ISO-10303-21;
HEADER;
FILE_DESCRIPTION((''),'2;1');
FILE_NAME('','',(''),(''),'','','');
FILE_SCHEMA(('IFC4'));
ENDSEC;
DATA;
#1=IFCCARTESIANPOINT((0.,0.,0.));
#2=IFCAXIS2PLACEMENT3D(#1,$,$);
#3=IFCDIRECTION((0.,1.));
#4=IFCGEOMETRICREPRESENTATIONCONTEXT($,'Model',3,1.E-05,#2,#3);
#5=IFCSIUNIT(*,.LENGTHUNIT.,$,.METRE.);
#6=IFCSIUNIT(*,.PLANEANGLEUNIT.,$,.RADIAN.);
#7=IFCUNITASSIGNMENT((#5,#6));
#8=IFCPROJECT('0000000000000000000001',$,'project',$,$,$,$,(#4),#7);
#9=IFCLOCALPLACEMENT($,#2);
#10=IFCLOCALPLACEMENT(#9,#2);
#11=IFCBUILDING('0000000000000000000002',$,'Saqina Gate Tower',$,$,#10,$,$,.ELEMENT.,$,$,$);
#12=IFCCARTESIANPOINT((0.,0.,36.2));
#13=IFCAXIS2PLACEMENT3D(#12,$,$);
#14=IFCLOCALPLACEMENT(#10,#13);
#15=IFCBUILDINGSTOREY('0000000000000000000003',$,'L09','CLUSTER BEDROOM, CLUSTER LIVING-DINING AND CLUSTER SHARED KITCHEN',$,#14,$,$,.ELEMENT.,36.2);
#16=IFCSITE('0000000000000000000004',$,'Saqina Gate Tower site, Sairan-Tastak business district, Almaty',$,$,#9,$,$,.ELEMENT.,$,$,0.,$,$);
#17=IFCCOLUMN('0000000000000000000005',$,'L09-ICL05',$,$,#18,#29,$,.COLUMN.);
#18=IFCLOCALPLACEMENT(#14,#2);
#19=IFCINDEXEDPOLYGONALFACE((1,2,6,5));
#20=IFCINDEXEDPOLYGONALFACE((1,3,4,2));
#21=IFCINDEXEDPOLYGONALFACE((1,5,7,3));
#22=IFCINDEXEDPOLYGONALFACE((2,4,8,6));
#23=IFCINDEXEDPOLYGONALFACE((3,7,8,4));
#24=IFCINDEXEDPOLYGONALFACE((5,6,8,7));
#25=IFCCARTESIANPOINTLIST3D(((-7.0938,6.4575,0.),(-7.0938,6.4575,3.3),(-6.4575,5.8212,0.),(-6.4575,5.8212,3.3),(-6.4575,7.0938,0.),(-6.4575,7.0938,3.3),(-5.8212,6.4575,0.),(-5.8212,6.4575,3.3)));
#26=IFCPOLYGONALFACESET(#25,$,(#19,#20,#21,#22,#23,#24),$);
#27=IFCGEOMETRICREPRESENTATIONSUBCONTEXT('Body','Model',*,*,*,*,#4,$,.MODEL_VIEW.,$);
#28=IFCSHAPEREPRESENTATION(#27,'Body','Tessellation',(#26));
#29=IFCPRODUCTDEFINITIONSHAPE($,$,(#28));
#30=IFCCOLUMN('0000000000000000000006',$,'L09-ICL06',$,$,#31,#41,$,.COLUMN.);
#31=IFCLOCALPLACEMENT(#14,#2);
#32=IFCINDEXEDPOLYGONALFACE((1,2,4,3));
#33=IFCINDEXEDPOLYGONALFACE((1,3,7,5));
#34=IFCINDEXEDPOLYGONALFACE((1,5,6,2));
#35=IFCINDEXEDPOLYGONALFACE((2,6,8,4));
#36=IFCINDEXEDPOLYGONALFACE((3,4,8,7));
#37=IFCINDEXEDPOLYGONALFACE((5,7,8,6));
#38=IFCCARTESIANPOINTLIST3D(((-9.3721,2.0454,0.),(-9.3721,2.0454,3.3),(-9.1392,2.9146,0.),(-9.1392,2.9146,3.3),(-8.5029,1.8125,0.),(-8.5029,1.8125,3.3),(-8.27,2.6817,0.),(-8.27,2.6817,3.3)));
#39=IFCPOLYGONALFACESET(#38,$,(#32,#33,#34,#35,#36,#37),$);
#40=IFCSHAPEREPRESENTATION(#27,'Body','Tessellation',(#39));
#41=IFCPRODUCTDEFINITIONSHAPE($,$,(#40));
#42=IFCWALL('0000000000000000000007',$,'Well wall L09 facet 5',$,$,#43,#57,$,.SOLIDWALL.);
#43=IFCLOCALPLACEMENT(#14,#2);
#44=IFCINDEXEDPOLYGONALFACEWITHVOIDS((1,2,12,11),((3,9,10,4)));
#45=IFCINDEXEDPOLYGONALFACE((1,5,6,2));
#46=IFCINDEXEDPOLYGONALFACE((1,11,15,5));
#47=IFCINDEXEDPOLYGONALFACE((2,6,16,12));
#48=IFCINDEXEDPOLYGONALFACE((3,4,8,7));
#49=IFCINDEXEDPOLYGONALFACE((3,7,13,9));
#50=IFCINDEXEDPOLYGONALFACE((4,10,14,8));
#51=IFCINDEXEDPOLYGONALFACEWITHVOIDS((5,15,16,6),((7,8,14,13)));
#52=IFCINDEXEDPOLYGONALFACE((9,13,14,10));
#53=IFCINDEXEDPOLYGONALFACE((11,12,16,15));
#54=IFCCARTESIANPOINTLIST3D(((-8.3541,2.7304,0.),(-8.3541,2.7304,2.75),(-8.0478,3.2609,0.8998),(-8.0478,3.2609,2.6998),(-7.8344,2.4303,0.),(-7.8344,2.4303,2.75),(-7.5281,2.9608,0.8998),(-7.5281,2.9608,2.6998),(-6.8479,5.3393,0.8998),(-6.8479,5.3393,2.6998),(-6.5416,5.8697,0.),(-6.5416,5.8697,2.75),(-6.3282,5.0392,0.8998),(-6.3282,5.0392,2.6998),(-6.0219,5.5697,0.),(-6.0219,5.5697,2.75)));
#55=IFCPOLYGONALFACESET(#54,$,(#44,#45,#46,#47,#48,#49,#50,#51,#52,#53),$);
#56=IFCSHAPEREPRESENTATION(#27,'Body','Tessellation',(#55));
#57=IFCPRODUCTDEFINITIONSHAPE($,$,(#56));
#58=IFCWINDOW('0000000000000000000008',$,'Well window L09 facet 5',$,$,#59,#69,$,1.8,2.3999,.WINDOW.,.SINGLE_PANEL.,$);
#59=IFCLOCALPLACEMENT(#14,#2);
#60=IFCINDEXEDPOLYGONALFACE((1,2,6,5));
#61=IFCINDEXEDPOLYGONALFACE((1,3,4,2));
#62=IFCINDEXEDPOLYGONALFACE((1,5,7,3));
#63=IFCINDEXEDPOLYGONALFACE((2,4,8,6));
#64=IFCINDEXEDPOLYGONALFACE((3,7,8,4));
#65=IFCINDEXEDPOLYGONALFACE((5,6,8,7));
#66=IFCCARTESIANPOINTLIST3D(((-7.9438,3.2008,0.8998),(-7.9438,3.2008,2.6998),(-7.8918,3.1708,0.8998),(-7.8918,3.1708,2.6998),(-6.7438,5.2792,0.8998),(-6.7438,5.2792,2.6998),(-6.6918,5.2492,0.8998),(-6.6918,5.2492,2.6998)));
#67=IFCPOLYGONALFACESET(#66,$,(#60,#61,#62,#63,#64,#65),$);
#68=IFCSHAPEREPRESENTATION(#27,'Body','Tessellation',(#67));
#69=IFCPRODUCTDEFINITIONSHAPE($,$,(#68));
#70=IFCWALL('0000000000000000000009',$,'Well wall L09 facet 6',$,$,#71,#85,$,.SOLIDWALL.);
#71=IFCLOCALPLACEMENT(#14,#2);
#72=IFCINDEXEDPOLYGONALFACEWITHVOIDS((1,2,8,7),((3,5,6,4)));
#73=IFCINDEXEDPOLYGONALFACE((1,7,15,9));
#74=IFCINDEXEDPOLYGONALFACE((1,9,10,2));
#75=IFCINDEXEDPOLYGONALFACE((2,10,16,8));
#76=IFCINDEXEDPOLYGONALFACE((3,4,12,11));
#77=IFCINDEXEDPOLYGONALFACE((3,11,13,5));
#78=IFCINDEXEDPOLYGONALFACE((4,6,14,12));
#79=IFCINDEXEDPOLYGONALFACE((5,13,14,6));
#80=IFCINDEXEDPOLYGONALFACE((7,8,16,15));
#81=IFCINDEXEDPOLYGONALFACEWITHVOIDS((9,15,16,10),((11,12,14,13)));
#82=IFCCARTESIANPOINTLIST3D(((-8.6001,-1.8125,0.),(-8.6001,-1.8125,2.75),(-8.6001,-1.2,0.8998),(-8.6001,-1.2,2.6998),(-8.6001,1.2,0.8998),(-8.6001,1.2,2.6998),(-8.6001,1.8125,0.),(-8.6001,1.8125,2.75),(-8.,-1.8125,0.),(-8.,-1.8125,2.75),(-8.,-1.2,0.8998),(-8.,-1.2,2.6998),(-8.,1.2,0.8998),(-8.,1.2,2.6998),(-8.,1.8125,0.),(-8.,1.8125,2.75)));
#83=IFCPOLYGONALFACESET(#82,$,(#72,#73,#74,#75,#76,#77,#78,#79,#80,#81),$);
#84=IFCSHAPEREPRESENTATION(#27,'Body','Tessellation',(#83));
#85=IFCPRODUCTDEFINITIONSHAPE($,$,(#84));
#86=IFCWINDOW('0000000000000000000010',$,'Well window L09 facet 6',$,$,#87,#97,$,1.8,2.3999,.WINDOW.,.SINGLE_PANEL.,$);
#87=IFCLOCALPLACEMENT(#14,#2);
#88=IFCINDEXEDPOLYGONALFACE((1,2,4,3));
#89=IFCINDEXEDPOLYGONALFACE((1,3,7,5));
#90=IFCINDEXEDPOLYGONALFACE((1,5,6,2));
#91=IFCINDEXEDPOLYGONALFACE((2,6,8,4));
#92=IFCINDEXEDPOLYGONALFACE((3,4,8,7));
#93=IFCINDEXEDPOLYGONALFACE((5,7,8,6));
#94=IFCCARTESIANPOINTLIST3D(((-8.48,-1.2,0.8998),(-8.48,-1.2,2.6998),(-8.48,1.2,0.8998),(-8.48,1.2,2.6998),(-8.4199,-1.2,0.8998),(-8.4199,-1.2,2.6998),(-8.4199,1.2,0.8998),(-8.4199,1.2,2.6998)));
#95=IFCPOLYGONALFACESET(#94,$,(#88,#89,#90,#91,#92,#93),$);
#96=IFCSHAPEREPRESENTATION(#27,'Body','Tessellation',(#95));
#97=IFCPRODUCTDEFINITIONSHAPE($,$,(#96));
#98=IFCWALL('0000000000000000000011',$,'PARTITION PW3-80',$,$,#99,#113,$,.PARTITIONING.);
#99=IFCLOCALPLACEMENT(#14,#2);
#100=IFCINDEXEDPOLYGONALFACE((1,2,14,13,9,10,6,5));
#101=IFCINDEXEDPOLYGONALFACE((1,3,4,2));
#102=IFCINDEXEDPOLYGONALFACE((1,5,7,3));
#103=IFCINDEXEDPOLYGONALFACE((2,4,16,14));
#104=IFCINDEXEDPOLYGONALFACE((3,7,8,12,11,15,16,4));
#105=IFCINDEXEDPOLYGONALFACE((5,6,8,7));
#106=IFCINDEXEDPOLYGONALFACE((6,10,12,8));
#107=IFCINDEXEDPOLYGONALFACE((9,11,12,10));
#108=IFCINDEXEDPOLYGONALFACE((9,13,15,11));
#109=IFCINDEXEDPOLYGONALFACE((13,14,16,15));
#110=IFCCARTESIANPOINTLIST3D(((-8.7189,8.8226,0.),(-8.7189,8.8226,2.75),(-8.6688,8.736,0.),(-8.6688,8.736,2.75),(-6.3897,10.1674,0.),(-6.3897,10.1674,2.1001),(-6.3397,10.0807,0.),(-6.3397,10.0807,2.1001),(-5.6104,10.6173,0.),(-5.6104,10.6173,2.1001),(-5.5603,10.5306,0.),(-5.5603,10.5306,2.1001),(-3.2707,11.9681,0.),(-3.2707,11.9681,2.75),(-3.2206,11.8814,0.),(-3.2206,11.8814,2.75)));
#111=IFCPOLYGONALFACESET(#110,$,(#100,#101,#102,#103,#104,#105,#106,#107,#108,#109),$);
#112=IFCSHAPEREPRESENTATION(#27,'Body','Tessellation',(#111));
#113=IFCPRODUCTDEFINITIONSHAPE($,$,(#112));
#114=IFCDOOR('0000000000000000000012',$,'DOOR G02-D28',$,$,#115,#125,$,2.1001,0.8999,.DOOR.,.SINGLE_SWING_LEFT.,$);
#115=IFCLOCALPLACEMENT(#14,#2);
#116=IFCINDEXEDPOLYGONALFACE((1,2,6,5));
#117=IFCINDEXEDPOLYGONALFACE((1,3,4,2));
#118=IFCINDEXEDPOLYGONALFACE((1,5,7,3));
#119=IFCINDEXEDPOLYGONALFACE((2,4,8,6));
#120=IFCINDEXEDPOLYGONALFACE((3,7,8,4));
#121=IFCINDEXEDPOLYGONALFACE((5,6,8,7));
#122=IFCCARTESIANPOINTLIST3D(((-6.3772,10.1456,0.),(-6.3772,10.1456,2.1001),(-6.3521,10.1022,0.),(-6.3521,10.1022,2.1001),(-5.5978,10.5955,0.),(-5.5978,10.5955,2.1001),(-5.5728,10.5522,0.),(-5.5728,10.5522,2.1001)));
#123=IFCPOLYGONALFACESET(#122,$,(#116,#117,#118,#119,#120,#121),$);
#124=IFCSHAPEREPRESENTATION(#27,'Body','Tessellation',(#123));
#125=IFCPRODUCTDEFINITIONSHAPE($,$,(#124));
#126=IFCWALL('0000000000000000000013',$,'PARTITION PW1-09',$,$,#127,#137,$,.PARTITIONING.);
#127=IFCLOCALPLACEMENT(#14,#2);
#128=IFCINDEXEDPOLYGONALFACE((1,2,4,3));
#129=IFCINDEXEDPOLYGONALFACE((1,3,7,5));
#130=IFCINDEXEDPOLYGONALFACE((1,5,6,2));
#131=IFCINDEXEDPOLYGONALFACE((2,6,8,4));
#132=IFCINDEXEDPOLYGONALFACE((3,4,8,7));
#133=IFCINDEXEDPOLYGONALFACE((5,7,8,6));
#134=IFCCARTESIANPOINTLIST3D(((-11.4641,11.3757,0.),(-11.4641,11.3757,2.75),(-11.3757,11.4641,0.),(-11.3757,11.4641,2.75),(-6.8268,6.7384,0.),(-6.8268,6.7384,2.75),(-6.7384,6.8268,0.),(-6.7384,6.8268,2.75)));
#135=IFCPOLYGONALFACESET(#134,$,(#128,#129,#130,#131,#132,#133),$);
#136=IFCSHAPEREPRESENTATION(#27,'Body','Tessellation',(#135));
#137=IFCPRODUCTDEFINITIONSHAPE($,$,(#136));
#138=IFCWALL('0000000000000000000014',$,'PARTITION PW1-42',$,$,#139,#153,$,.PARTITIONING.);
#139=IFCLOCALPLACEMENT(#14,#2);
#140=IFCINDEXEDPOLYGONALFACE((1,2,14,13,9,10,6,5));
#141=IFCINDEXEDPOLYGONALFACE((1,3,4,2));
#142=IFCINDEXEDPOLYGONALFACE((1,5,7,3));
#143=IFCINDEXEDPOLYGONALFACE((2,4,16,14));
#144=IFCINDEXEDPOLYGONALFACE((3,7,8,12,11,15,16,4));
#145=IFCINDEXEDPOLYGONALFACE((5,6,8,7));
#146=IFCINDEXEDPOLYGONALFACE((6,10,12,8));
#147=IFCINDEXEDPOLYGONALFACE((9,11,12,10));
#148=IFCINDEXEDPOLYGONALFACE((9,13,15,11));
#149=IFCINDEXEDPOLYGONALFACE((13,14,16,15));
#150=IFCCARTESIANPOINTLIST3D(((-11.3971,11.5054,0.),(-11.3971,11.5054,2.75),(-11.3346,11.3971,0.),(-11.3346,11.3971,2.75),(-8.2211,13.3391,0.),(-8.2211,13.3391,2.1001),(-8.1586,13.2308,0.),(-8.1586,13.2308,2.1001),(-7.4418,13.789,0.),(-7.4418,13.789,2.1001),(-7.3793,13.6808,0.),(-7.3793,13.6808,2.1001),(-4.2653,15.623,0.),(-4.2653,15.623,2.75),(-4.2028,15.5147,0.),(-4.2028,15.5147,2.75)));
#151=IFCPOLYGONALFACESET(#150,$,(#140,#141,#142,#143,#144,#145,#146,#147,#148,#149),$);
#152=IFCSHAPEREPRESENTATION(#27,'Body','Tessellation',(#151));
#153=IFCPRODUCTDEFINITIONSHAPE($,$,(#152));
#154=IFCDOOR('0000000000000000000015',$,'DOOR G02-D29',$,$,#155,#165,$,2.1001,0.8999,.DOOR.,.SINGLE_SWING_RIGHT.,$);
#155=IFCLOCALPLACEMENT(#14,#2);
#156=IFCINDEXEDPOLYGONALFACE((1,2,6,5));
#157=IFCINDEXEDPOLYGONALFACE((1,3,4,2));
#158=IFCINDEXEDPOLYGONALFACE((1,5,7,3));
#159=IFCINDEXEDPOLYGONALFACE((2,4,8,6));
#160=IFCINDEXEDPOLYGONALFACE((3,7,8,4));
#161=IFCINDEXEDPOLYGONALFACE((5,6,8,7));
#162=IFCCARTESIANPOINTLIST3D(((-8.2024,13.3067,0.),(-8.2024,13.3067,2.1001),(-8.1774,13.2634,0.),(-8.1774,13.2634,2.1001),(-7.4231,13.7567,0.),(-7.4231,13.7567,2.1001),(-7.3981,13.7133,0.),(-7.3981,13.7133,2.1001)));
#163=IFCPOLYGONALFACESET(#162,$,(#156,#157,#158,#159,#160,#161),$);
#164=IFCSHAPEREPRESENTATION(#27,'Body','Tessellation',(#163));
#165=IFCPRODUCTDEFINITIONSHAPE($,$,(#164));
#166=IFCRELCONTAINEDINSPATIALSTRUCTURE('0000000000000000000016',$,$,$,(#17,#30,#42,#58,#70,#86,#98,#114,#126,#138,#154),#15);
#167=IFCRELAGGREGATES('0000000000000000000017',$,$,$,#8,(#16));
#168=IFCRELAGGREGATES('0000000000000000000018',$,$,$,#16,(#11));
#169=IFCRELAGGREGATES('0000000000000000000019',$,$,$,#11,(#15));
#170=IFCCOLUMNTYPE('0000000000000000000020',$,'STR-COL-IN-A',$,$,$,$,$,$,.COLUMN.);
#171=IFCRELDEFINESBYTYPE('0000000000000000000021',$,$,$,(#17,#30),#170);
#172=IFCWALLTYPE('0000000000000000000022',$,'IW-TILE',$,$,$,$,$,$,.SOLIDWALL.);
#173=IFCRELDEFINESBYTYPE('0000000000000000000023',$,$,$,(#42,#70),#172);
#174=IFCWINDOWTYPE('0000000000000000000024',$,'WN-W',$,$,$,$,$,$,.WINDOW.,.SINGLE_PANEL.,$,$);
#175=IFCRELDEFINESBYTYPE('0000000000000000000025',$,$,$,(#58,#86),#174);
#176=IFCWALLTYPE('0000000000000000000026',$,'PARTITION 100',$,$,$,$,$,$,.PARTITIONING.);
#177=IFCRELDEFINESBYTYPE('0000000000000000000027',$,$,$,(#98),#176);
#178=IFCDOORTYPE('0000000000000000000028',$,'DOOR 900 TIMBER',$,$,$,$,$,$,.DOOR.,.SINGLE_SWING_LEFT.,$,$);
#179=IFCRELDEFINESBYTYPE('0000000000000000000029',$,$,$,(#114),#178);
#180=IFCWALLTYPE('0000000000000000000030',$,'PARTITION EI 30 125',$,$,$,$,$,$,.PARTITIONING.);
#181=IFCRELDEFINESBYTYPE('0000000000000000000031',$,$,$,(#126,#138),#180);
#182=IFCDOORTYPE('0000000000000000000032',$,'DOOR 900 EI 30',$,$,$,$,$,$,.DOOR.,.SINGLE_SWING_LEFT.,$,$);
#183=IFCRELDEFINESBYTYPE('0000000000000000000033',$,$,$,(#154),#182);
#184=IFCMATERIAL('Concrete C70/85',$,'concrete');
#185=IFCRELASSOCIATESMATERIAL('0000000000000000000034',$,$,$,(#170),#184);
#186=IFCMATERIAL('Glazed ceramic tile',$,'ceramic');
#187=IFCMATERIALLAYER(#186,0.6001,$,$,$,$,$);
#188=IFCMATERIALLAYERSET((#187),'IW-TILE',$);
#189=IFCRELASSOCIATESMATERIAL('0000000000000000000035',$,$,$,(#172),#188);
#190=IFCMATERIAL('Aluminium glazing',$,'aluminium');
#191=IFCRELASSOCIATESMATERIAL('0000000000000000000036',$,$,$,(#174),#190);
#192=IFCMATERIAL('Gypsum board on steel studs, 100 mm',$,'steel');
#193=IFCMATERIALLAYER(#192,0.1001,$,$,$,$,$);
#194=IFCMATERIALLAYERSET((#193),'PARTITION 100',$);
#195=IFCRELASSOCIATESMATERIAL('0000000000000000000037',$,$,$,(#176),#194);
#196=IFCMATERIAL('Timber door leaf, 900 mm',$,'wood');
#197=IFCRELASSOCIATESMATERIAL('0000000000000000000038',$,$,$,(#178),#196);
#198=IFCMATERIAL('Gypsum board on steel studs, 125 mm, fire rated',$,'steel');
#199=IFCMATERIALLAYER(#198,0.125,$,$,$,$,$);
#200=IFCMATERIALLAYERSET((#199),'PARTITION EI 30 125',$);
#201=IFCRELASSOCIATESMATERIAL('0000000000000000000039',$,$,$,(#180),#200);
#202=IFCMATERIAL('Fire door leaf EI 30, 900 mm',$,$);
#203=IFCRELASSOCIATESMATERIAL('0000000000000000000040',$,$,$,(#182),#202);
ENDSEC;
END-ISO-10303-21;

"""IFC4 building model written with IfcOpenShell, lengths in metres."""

from ifc_helpers import new_model, si_unit, direction, frame, frame_2d, origin, origin_2d, place, context, subcontext, project, spatial, rectangle, extrude, material, layer, layer_set, material_profile, profile_set, type_object, element, fill, save


model = new_model("IFC4")

# Units and contexts
model_context = context("Model", 3, precision=1e-05, world=origin(), true_north=direction((0.0, 1.0)))
body_context = subcontext(model_context, "Body", "Model", "MODEL_VIEW")
ifc_project = project(units=[si_unit("LENGTHUNIT", "METRE"), si_unit("PLANEANGLEUNIT", "RADIAN")], contexts=[model_context])

# Site, building, storey
site_placement = place(None, origin())
site = spatial("IfcSite", under=ifc_project, at=site_placement, Name="Saqina Gate Tower site, Sairan-Tastak business district, Almaty", CompositionType="ELEMENT", RefElevation=0.0)
building_placement = place(site_placement, origin())
building = spatial("IfcBuilding", under=site, at=building_placement, Name="Saqina Gate Tower", CompositionType="ELEMENT")
storey_placement = place(building_placement, frame((0.0, 0.0, 36.2)))
storey = spatial("IfcBuildingStorey", under=building, at=storey_placement, Name="L09", Description="CLUSTER BEDROOM, CLUSTER LIVING-DINING AND CLUSTER SHARED KITCHEN", CompositionType="ELEMENT", Elevation=36.2)

# Columns
ifc_material_1 = material(Name="Concrete C70/85", Category="concrete")
ifc_material_profile = material_profile(ifc_material_1, rectangle(XDim=0.8999, YDim=0.8999, at=origin_2d()), Name="RC 900x900")
ifc_profile_set = profile_set([ifc_material_profile], Name="Concrete C70/85")
column_type = type_object("IfcColumnType", Name="STR-COL-IN-A", PredefinedType="COLUMN", material=ifc_profile_set)
for number, where, z_axis, x_axis, name in (
    (1, (-6.4575, 6.4575, 0.0), (0.0, 0.0, 1.0), (-0.707107, 0.707107, 0.0), "L09-ICL05"),
    (2, (-8.821, 2.3635, 0.0), (0.0, 0.0, 1.0), (-0.965926, 0.258819, 0.0), "L09-ICL06"),
):
    element("IfcColumn", number, at=place(storey_placement, frame(where, z_axis=z_axis, x_axis=x_axis)), inside=storey, type_object=column_type, Name=name, PredefinedType="COLUMN", context=body_context, shape_type="SweptSolid", body=[
        extrude(rectangle(XDim=0.8999, YDim=0.8999, at=origin_2d()), origin(), (0.0, 0.0, 1.0), 3.3),
    ])

# Walls, openings, windows
ifc_material_2 = material(Name="Glazed ceramic tile", Category="ceramic")
ifc_layer_1 = layer(ifc_material_2, 0.6001)
ifc_layer_set_1 = layer_set([ifc_layer_1], Name="IW-TILE")
wall_type_1 = type_object("IfcWallType", Name="IW-TILE", PredefinedType="SOLIDWALL", material=ifc_layer_set_1)
wall_1_placement = place(storey_placement, frame((-6.2817, 5.7197, 0.0), z_axis=(0.0, 0.0, 1.0), x_axis=(-0.499993, -0.86603, 0.0)))
wall_1 = element("IfcWall", 3, at=wall_1_placement, inside=storey, type_object=wall_type_1, Name="Well wall L09 facet 5", PredefinedType="SOLIDWALL", context=body_context, shape_type="SweptSolid", body=[
    extrude(rectangle(XDim=3.625, YDim=0.6001, at=frame_2d((1.8125, 0.0))), origin(), (0.0, 0.0, 1.0), 2.75),
])
opening_1_placement = place(wall_1_placement, frame((0.6125, 0.0, 0.8999)))
opening_1 = element("IfcOpeningElement", 4, at=opening_1_placement, cuts=wall_1, PredefinedType="OPENING", context=body_context, shape_type="SweptSolid", body=[
    extrude(rectangle(XDim=2.3999, YDim=1.8, at=frame_2d((1.2, 0.8999))), frame((0.0, 0.312, 0.0), z_axis=(0.0, -1.0, 0.0), x_axis=(1.0, 0.0, 0.0)), (0.0, 0.0, 1.0), 0.624),
])
ifc_material_3 = material(Name="Aluminium glazing", Category="aluminium")
window_type = type_object("IfcWindowType", Name="WN-W", PartitioningType="SINGLE_PANEL", PredefinedType="WINDOW", material=ifc_material_3)
window_1_placement = place(opening_1_placement, origin())
window_1 = element("IfcWindow", 5, at=window_1_placement, inside=storey, type_object=window_type, Name="Well window L09 facet 5", OverallHeight=1.8, OverallWidth=2.3999, PartitioningType="SINGLE_PANEL", PredefinedType="WINDOW", context=body_context, shape_type="SweptSolid", body=[
    extrude(rectangle(XDim=2.3999, YDim=1.8, at=frame_2d((1.2, 0.8999))), frame((0.0, -0.1199, 0.0), z_axis=(0.0, -1.0, 0.0), x_axis=(1.0, 0.0, 0.0)), (0.0, 0.0, 1.0), 0.0601),
])
fill(opening_1, window_1)
wall_2_placement = place(storey_placement, frame((-8.3, 1.8125, 0.0), z_axis=(0.0, 0.0, 1.0), x_axis=(0.0, -1.0, 0.0)))
wall_2 = element("IfcWall", 6, at=wall_2_placement, inside=storey, type_object=wall_type_1, Name="Well wall L09 facet 6", PredefinedType="SOLIDWALL", context=body_context, shape_type="SweptSolid", body=[
    extrude(rectangle(XDim=3.625, YDim=0.6001, at=frame_2d((1.8125, 0.0))), origin(), (0.0, 0.0, 1.0), 2.75),
])
opening_2_placement = place(wall_2_placement, frame((0.6125, 0.0, 0.8999)))
opening_2 = element("IfcOpeningElement", 7, at=opening_2_placement, cuts=wall_2, PredefinedType="OPENING", context=body_context, shape_type="SweptSolid", body=[
    extrude(rectangle(XDim=2.3999, YDim=1.8, at=frame_2d((1.2, 0.8999))), frame((0.0, 0.312, 0.0), z_axis=(0.0, -1.0, 0.0), x_axis=(1.0, 0.0, 0.0)), (0.0, 0.0, 1.0), 0.624),
])
window_2_placement = place(opening_2_placement, origin())
window_2 = element("IfcWindow", 8, at=window_2_placement, inside=storey, type_object=window_type, Name="Well window L09 facet 6", OverallHeight=1.8, OverallWidth=2.3999, PartitioningType="SINGLE_PANEL", PredefinedType="WINDOW", context=body_context, shape_type="SweptSolid", body=[
    extrude(rectangle(XDim=2.3999, YDim=1.8, at=frame_2d((1.2, 0.8999))), frame((0.0, -0.1199, 0.0), z_axis=(0.0, -1.0, 0.0), x_axis=(1.0, 0.0, 0.0)), (0.0, 0.0, 1.0), 0.0601),
])
fill(opening_2, window_2)

# Wall, opening, door
ifc_material_4 = material(Name="Gypsum board on steel studs, 100 mm", Category="steel")
ifc_layer_2 = layer(ifc_material_4, 0.1001)
ifc_layer_set_2 = layer_set([ifc_layer_2], Name="PARTITION 100")
wall_type_2 = type_object("IfcWallType", Name="PARTITION 100", PredefinedType="PARTITIONING", material=ifc_layer_set_2)
wall_3_placement = place(storey_placement, frame((-8.6938, 8.7793, 0.0), z_axis=(0.0, 0.0, 1.0), x_axis=(0.866028, 0.499996, 0.0)))
wall_3 = element("IfcWall", 9, at=wall_3_placement, inside=storey, type_object=wall_type_2, Name="PARTITION PW3-80", PredefinedType="PARTITIONING", context=body_context, shape_type="SweptSolid", body=[
    extrude(rectangle(XDim=6.291, YDim=0.1001, at=frame_2d((3.1455, 0.0))), origin(), (0.0, 0.0, 1.0), 2.75),
])
opening_3_placement = place(wall_3_placement, frame((2.6895, 0.0, 0.0)))
opening_3 = element("IfcOpeningElement", 10, at=opening_3_placement, cuts=wall_3, PredefinedType="OPENING", context=body_context, shape_type="SweptSolid", body=[
    extrude(rectangle(XDim=0.8999, YDim=2.1001, at=frame_2d((0.45, 1.05))), frame((0.0, 0.062, 0.0), z_axis=(0.0, -1.0, 0.0), x_axis=(1.0, 0.0, 0.0)), (0.0, 0.0, 1.0), 0.124),
])
ifc_material_5 = material(Name="Timber door leaf, 900 mm", Category="wood")
door_type_1 = type_object("IfcDoorType", Name="DOOR 900 TIMBER", OperationType="SINGLE_SWING_LEFT", PredefinedType="DOOR", material=ifc_material_5)
door_1_placement = place(opening_3_placement, origin())
door_1 = element("IfcDoor", 11, at=door_1_placement, inside=storey, type_object=door_type_1, Name="DOOR G02-D28", OperationType="SINGLE_SWING_LEFT", OverallHeight=2.1001, OverallWidth=0.8999, PredefinedType="DOOR", context=body_context, shape_type="SweptSolid", body=[
    extrude(rectangle(XDim=0.8999, YDim=2.1001, at=frame_2d((0.45, 1.05))), frame((0.0, 0.0249, 0.0), z_axis=(0.0, -1.0, 0.0), x_axis=(1.0, 0.0, 0.0)), (0.0, 0.0, 1.0), 0.05),
])
fill(opening_3, door_1)

# Wall
ifc_material_6 = material(Name="Gypsum board on steel studs, 125 mm, fire rated", Category="steel")
ifc_layer_3 = layer(ifc_material_6, 0.125)
ifc_layer_set_3 = layer_set([ifc_layer_3], Name="PARTITION EI 30 125")
wall_type_3 = type_object("IfcWallType", Name="PARTITION EI 30 125", PredefinedType="PARTITIONING", material=ifc_layer_set_3)
wall_4_placement = place(storey_placement, frame((-11.4199, 11.4199, 0.0), z_axis=(0.0, 0.0, 1.0), x_axis=(0.707107, -0.707107, 0.0)))
element("IfcWall", 12, at=wall_4_placement, inside=storey, type_object=wall_type_3, Name="PARTITION PW1-09", PredefinedType="PARTITIONING", context=body_context, shape_type="SweptSolid", body=[
    extrude(rectangle(XDim=6.5581, YDim=0.125, at=frame_2d((3.2791, 0.0))), origin(), (0.0, 0.0, 1.0), 2.75),
])

# Wall, opening, door
wall_5_placement = place(storey_placement, frame((-11.366, 11.4512, 0.0), z_axis=(0.0, 0.0, 1.0), x_axis=(0.86602, 0.50001, 0.0)))
wall_5 = element("IfcWall", 13, at=wall_5_placement, inside=storey, type_object=wall_type_3, Name="PARTITION PW1-42", PredefinedType="PARTITIONING", context=body_context, shape_type="SweptSolid", body=[
    extrude(rectangle(XDim=8.2351, YDim=0.125, at=frame_2d((4.1177, 0.0))), origin(), (0.0, 0.0, 1.0), 2.75),
])
opening_4_placement = place(wall_5_placement, frame((3.6675, 0.0, 0.0)))
opening_4 = element("IfcOpeningElement", 14, at=opening_4_placement, cuts=wall_5, PredefinedType="OPENING", context=body_context, shape_type="SweptSolid", body=[
    extrude(rectangle(XDim=0.8999, YDim=2.1001, at=frame_2d((0.45, 1.05))), frame((0.0, 0.0745, 0.0), z_axis=(0.0, -1.0, 0.0), x_axis=(1.0, 0.0, 0.0)), (0.0, 0.0, 1.0), 0.1489),
])
ifc_material_7 = material(Name="Fire door leaf EI 30, 900 mm")
door_type_2 = type_object("IfcDoorType", Name="DOOR 900 EI 30", OperationType="SINGLE_SWING_LEFT", PredefinedType="DOOR", material=ifc_material_7)
door_2_placement = place(opening_4_placement, frame((0.8999, 0.0, 0.0), z_axis=(0.0, 0.0, 1.0), x_axis=(-1.0, 0.0, 0.0)))
door_2 = element("IfcDoor", 15, at=door_2_placement, inside=storey, type_object=door_type_2, Name="DOOR G02-D29", OperationType="SINGLE_SWING_RIGHT", OverallHeight=2.1001, OverallWidth=0.8999, PredefinedType="DOOR", context=body_context, shape_type="SweptSolid", body=[
    extrude(rectangle(XDim=0.8999, YDim=2.1001, at=frame_2d((0.45, 1.05))), frame((0.0, 0.0249, 0.0), z_axis=(0.0, -1.0, 0.0), x_axis=(1.0, 0.0, 0.0)), (0.0, 0.0, 1.0), 0.05),
])
fill(opening_4, door_2)

save(model, "model.ifc")
